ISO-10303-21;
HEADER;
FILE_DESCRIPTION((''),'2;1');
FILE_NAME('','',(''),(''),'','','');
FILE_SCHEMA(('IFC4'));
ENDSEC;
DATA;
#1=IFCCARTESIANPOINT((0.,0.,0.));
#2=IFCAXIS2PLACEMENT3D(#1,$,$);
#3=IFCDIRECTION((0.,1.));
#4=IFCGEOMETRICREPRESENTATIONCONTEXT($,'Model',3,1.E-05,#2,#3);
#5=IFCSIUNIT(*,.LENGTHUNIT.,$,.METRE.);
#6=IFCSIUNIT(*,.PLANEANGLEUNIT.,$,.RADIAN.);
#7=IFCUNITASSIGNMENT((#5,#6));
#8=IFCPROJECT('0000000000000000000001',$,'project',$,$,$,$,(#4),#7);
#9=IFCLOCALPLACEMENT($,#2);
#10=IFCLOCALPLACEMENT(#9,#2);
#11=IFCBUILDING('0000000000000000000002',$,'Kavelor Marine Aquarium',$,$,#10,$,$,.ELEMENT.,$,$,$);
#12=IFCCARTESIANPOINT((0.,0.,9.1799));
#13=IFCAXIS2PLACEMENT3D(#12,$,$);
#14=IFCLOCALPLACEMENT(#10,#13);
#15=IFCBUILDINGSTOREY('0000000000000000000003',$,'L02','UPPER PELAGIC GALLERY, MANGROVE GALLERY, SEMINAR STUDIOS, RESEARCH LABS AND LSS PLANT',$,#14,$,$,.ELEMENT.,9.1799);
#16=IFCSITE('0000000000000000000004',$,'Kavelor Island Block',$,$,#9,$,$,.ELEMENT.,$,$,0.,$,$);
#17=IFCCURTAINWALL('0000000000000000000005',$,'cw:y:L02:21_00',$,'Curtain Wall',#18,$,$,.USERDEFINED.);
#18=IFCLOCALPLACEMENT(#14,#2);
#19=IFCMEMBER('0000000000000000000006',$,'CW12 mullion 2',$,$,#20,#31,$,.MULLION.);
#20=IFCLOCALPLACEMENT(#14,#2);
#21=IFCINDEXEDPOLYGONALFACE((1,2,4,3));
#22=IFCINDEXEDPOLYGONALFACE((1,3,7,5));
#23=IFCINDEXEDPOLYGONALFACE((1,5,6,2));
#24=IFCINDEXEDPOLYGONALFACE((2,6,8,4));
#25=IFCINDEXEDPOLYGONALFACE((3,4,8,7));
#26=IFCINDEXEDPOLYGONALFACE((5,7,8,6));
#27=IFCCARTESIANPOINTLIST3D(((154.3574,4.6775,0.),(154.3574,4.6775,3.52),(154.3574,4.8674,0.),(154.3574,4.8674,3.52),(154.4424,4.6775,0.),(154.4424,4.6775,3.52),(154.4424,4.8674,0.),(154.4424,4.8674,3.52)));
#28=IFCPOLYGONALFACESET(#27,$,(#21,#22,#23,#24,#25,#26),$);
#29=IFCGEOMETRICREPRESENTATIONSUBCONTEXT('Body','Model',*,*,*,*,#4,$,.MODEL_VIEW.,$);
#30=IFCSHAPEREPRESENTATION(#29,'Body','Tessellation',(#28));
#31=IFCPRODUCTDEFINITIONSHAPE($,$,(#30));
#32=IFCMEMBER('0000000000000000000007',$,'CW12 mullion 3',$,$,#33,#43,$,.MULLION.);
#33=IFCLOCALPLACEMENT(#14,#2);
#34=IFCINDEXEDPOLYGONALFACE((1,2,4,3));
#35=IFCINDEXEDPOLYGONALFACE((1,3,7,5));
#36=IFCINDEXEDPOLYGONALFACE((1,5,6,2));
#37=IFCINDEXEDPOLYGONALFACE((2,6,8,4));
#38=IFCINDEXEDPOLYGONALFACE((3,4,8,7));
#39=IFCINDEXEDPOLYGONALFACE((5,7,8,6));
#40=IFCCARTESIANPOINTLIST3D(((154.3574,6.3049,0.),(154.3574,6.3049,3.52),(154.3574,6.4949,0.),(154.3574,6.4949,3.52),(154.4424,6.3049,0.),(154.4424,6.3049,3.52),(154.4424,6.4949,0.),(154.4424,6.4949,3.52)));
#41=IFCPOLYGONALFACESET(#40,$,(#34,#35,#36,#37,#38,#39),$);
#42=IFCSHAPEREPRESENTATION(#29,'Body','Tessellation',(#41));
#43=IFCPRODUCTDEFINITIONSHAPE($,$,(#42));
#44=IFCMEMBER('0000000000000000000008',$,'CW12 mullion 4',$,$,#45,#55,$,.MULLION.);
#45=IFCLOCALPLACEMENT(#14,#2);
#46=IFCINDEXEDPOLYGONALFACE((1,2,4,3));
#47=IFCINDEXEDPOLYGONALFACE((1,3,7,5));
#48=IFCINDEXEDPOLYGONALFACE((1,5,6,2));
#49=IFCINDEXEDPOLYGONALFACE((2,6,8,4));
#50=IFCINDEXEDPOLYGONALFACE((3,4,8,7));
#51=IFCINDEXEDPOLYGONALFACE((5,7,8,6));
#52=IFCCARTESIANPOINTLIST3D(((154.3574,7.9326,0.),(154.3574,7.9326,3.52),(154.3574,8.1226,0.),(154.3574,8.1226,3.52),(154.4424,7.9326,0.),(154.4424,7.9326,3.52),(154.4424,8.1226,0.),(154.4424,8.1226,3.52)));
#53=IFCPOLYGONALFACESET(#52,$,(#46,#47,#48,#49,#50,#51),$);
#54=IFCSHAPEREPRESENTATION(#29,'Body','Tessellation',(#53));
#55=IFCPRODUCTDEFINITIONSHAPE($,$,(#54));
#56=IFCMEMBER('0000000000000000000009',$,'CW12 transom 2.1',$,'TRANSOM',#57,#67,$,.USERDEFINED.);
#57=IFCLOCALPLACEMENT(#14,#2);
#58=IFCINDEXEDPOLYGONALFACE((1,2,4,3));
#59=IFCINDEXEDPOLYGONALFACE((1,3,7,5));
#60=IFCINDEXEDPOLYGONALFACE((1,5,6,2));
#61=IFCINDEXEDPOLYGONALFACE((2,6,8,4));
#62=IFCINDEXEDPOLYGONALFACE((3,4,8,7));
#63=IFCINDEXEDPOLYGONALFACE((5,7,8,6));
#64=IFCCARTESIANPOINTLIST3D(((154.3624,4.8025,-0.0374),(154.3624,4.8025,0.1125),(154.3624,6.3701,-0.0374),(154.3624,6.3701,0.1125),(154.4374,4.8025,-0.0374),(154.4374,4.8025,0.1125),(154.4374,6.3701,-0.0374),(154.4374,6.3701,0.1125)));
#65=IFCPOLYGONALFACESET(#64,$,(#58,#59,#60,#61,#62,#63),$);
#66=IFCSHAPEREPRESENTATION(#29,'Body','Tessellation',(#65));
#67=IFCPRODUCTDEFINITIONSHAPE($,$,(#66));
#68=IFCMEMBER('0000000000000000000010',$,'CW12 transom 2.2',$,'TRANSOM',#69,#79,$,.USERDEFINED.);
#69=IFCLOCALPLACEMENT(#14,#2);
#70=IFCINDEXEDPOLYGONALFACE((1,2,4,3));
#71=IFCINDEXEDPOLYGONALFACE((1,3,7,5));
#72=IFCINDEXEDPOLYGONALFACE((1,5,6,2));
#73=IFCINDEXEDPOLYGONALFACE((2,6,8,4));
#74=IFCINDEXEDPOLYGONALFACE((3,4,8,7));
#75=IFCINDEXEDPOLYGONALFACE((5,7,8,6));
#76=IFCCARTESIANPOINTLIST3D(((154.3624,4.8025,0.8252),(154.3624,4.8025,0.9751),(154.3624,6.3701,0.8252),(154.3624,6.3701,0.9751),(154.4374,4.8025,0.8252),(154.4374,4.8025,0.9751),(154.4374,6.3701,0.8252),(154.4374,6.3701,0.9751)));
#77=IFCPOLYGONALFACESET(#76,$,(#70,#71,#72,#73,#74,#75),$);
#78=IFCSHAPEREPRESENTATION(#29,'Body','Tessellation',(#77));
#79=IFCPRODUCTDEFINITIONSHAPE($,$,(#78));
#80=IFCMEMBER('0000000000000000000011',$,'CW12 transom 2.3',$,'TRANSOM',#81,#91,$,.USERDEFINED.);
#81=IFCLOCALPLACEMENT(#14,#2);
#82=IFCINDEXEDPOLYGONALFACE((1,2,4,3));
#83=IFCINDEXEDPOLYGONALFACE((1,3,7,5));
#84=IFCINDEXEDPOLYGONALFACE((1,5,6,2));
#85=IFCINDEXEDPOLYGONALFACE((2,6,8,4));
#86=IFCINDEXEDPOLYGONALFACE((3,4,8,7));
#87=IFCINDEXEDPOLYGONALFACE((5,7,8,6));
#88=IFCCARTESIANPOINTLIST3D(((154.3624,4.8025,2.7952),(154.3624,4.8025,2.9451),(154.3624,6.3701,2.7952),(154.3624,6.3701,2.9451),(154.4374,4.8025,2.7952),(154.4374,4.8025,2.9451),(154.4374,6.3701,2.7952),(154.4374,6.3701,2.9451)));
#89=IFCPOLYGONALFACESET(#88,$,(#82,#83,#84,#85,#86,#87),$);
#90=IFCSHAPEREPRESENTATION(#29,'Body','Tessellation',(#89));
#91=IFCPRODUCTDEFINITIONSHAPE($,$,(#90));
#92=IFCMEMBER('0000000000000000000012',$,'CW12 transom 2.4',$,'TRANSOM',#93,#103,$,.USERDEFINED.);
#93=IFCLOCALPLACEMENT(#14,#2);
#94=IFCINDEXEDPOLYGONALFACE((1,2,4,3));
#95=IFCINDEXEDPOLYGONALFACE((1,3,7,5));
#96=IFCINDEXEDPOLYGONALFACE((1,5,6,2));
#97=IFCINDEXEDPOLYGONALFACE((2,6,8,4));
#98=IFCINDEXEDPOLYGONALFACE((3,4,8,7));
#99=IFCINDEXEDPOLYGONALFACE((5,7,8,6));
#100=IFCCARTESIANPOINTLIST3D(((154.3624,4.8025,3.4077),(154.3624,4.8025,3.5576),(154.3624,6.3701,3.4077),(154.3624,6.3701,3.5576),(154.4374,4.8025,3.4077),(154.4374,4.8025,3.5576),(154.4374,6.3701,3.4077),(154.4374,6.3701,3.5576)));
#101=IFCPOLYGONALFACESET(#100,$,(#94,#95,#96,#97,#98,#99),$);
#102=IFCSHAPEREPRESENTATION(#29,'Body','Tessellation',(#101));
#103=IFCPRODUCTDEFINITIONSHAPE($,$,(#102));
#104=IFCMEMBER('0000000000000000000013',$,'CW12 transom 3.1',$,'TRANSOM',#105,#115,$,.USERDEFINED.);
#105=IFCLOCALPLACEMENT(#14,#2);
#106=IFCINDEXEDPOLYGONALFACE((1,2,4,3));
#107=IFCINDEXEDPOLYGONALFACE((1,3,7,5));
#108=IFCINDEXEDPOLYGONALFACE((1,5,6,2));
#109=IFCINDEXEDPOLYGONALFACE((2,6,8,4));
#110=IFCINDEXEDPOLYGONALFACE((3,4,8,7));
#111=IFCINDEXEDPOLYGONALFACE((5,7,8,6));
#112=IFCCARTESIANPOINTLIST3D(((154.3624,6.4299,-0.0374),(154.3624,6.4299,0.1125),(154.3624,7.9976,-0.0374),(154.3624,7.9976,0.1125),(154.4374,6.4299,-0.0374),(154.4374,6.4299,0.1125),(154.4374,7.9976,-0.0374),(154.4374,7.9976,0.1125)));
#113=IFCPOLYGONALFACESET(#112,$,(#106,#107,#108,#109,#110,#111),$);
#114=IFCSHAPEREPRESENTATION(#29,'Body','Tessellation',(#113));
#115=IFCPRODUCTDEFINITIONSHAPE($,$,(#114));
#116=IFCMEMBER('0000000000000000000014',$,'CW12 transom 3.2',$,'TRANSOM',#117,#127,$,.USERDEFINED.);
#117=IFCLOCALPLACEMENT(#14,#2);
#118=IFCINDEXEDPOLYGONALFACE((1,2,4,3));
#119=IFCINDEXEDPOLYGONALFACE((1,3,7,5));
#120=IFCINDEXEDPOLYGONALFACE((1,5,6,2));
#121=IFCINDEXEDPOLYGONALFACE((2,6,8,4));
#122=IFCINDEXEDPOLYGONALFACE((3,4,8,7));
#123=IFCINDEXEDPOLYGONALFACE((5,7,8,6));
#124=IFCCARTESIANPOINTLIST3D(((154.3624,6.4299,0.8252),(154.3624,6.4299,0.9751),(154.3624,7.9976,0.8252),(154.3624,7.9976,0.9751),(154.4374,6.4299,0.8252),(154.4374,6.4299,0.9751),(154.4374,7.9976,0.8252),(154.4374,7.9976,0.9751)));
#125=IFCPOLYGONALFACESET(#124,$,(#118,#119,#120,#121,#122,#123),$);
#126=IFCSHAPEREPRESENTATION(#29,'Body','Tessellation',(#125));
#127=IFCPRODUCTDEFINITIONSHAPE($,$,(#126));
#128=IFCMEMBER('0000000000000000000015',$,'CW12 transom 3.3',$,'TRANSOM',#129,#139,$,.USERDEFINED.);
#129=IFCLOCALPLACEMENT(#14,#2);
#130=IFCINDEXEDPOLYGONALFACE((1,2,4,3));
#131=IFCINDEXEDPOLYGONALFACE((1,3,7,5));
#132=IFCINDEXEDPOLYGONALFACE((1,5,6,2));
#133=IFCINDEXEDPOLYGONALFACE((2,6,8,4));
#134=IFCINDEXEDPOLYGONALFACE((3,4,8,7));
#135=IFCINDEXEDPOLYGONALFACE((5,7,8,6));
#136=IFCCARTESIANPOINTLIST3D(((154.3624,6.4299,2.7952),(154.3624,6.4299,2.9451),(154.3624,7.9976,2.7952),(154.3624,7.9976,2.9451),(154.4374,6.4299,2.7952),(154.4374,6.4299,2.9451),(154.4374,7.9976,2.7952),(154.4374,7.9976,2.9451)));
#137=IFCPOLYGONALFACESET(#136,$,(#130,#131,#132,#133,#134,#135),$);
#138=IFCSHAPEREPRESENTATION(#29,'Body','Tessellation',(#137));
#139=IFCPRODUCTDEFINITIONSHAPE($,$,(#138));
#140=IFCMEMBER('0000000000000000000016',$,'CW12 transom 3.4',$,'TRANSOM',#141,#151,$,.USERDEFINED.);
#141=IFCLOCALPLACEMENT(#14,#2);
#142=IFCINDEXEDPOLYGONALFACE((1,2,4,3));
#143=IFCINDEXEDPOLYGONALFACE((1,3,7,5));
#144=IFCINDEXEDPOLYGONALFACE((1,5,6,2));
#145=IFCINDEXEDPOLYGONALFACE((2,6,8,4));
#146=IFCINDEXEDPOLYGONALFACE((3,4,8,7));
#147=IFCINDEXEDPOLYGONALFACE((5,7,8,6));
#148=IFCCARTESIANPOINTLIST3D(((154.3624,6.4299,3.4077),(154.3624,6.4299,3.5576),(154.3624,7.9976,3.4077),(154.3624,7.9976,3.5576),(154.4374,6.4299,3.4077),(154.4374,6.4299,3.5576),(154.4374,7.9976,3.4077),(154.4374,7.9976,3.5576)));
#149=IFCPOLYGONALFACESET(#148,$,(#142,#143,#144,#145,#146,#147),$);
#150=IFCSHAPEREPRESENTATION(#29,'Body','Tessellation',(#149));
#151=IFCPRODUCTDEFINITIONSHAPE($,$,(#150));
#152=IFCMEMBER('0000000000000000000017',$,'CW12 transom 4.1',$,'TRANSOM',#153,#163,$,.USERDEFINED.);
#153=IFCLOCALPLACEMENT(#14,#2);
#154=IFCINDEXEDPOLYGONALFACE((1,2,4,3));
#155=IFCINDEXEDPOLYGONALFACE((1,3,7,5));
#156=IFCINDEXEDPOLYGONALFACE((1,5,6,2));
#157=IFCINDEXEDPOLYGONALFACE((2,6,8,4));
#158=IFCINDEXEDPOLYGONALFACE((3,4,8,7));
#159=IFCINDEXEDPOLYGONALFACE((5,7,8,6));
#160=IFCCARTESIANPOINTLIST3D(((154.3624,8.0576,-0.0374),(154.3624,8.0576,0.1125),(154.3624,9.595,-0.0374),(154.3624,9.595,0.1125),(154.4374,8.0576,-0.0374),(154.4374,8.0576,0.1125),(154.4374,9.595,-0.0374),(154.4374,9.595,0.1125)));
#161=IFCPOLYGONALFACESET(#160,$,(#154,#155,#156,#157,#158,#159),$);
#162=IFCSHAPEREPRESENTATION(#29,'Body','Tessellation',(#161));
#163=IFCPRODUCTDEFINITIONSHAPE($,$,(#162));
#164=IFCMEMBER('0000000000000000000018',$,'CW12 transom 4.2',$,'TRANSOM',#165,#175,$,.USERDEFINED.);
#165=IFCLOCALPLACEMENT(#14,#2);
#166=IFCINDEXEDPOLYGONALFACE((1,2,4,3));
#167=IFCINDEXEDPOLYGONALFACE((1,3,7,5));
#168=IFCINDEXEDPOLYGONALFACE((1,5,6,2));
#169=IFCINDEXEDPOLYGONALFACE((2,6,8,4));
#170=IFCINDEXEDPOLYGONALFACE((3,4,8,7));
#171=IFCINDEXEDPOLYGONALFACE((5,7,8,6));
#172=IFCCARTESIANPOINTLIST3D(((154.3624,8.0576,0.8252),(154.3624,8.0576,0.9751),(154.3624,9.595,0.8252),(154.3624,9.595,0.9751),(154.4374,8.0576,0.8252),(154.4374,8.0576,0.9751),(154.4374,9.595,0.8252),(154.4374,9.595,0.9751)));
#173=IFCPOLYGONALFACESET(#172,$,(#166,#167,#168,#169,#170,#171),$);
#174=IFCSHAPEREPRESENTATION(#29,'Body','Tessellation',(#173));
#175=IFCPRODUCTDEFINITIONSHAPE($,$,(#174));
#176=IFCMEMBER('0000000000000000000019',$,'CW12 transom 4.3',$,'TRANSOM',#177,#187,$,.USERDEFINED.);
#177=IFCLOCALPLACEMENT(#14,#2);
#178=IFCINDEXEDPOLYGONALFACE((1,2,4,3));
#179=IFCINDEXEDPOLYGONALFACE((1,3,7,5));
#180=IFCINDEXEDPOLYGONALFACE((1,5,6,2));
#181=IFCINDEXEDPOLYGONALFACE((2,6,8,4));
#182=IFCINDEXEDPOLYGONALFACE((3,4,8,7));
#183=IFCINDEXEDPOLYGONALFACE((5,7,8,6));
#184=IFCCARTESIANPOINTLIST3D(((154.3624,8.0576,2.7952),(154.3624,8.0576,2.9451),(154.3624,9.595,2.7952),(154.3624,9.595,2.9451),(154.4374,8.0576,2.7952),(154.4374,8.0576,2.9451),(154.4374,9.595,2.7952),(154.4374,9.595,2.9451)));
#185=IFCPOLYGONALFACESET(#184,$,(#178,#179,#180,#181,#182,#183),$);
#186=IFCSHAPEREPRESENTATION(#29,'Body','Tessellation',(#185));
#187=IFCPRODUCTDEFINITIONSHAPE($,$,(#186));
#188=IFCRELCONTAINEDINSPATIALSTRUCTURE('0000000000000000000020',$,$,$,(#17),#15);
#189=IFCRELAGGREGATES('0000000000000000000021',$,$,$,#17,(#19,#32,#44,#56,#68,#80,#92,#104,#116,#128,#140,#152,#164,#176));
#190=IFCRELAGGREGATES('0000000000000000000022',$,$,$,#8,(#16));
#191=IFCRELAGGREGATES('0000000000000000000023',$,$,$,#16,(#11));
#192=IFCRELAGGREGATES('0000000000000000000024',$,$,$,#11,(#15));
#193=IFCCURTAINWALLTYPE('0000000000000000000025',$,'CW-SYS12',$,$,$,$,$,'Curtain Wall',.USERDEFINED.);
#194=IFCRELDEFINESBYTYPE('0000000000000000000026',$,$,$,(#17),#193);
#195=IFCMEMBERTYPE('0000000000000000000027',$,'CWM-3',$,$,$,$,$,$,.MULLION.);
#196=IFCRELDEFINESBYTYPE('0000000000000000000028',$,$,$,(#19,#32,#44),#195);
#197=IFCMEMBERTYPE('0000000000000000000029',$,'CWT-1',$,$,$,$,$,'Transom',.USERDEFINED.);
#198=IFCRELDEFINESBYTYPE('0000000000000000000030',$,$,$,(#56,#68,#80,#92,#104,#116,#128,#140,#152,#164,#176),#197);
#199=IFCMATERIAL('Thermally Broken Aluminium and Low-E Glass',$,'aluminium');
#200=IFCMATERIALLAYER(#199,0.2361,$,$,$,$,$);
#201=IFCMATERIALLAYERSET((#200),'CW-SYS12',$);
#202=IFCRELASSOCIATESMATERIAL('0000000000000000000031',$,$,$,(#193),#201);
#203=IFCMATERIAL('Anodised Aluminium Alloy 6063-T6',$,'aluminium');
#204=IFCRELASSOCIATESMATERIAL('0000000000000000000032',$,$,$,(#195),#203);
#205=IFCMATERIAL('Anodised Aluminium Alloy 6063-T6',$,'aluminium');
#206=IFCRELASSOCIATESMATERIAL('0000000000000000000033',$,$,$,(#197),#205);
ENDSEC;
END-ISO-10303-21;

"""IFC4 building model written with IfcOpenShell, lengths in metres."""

from ifc_helpers import new_model, si_unit, direction, frame, origin, origin_2d, place, context, subcontext, project, spatial, rectangle, extrude, material, layer, layer_set, material_profile, profile_set, type_object, element, aggregate, save


model = new_model("IFC4")

# Units and contexts
model_context = context("Model", 3, precision=1e-05, world=origin(), true_north=direction((0.0, 1.0)))
body_context = subcontext(model_context, "Body", "Model", "MODEL_VIEW")
ifc_project = project(units=[si_unit("LENGTHUNIT", "METRE"), si_unit("PLANEANGLEUNIT", "RADIAN")], contexts=[model_context])

# Site, building, storey
site_placement = place(None, origin())
site = spatial("IfcSite", under=ifc_project, at=site_placement, Name="Kavelor Island Block", CompositionType="ELEMENT", RefElevation=0.0)
building_placement = place(site_placement, origin())
building = spatial("IfcBuilding", under=site, at=building_placement, Name="Kavelor Marine Aquarium", CompositionType="ELEMENT")
storey_placement = place(building_placement, frame((0.0, 0.0, 9.1799)))
storey = spatial("IfcBuildingStorey", under=building, at=storey_placement, Name="L02", Description="UPPER PELAGIC GALLERY, MANGROVE GALLERY, SEMINAR STUDIOS, RESEARCH LABS AND LSS PLANT", CompositionType="ELEMENT", Elevation=9.1799)

# Curtain wall, members
ifc_material_1 = material(Name="Thermally Broken Aluminium and Low-E Glass", Category="aluminium")
ifc_layer_1 = layer(ifc_material_1, 0.2361)
ifc_layer_set_1 = layer_set([ifc_layer_1], Name="CW-SYS12")
curtain_wall_type = type_object("IfcCurtainWallType", Name="CW-SYS12", ElementType="Curtain Wall", PredefinedType="USERDEFINED", material=ifc_layer_set_1)
curtain_wall_placement = place(storey_placement, origin())
curtain_wall = element("IfcCurtainWall", 1, at=curtain_wall_placement, inside=storey, type_object=curtain_wall_type, Name="cw:y:L02:21_00", ObjectType="Curtain Wall", PredefinedType="USERDEFINED")
ifc_material_2 = material(Name="Anodised Aluminium Alloy 6063-T6", Category="aluminium")
ifc_material_profile_1 = material_profile(ifc_material_2, rectangle(XDim=0.085, YDim=0.1899, at=origin_2d()), Name="CW-MUL 85x190")
ifc_profile_set_1 = profile_set([ifc_material_profile_1], Name="Anodised Aluminium Alloy 6063-T6")
member_type_1 = type_object("IfcMemberType", Name="CWM-3", PredefinedType="MULLION", material=ifc_profile_set_1)
member_1_placement = place(storey_placement, frame((154.3999, 4.7725, 0.0), z_axis=(0.0, 0.0, 1.0), x_axis=(-1.0, 0.0, 0.0)))
member_1 = element("IfcMember", 2, at=member_1_placement, type_object=member_type_1, Name="CW12 mullion 2", PredefinedType="MULLION", context=body_context, shape_type="SweptSolid", body=[
    extrude(rectangle(XDim=0.085, YDim=0.1899, at=origin_2d()), origin(), (0.0, 0.0, 1.0), 3.52),
])
member_2_placement = place(storey_placement, frame((154.3999, 6.3999, 0.0), z_axis=(0.0, 0.0, 1.0), x_axis=(-1.0, 0.0, 0.0)))
member_2 = element("IfcMember", 3, at=member_2_placement, type_object=member_type_1, Name="CW12 mullion 3", PredefinedType="MULLION", context=body_context, shape_type="SweptSolid", body=[
    extrude(rectangle(XDim=0.085, YDim=0.1899, at=origin_2d()), origin(), (0.0, 0.0, 1.0), 3.52),
])
member_3_placement = place(storey_placement, frame((154.3999, 8.0276, 0.0), z_axis=(0.0, 0.0, 1.0), x_axis=(-1.0, 0.0, 0.0)))
member_3 = element("IfcMember", 4, at=member_3_placement, type_object=member_type_1, Name="CW12 mullion 4", PredefinedType="MULLION", context=body_context, shape_type="SweptSolid", body=[
    extrude(rectangle(XDim=0.085, YDim=0.1899, at=origin_2d()), origin(), (0.0, 0.0, 1.0), 3.52),
])
ifc_material_3 = material(Name="Anodised Aluminium Alloy 6063-T6", Category="aluminium")
ifc_material_profile_2 = material_profile(ifc_material_3, rectangle(XDim=0.075, YDim=0.1499, at=origin_2d()), Name="CW-TRN 75x150")
ifc_profile_set_2 = profile_set([ifc_material_profile_2], Name="Anodised Aluminium Alloy 6063-T6")
member_type_2 = type_object("IfcMemberType", Name="CWT-1", ElementType="Transom", PredefinedType="USERDEFINED", material=ifc_profile_set_2)
member_4_placement = place(storey_placement, frame((154.3999, 4.8025, 0.0376), z_axis=(0.0, 1.0, 0.0), x_axis=(-1.0, 0.0, 0.0)))
member_4 = element("IfcMember", 5, at=member_4_placement, type_object=member_type_2, Name="CW12 transom 2.1", ObjectType="TRANSOM", PredefinedType="USERDEFINED", context=body_context, shape_type="SweptSolid", body=[
    extrude(rectangle(XDim=0.075, YDim=0.1499, at=origin_2d()), origin(), (0.0, 0.0, 1.0), 1.5676),
])
member_5_placement = place(storey_placement, frame((154.3999, 4.8025, 0.9001), z_axis=(0.0, 1.0, 0.0), x_axis=(-1.0, 0.0, 0.0)))
member_5 = element("IfcMember", 6, at=member_5_placement, type_object=member_type_2, Name="CW12 transom 2.2", ObjectType="TRANSOM", PredefinedType="USERDEFINED", context=body_context, shape_type="SweptSolid", body=[
    extrude(rectangle(XDim=0.075, YDim=0.1499, at=origin_2d()), origin(), (0.0, 0.0, 1.0), 1.5676),
])
member_6_placement = place(storey_placement, frame((154.3999, 4.8025, 2.8701), z_axis=(0.0, 1.0, 0.0), x_axis=(-1.0, 0.0, 0.0)))
member_6 = element("IfcMember", 7, at=member_6_placement, type_object=member_type_2, Name="CW12 transom 2.3", ObjectType="TRANSOM", PredefinedType="USERDEFINED", context=body_context, shape_type="SweptSolid", body=[
    extrude(rectangle(XDim=0.075, YDim=0.1499, at=origin_2d()), origin(), (0.0, 0.0, 1.0), 1.5676),
])
member_7_placement = place(storey_placement, frame((154.3999, 4.8025, 3.4827), z_axis=(0.0, 1.0, 0.0), x_axis=(-1.0, 0.0, 0.0)))
member_7 = element("IfcMember", 8, at=member_7_placement, type_object=member_type_2, Name="CW12 transom 2.4", ObjectType="TRANSOM", PredefinedType="USERDEFINED", context=body_context, shape_type="SweptSolid", body=[
    extrude(rectangle(XDim=0.075, YDim=0.1499, at=origin_2d()), origin(), (0.0, 0.0, 1.0), 1.5676),
])
member_8_placement = place(storey_placement, frame((154.3999, 6.4299, 0.0376), z_axis=(0.0, 1.0, 0.0), x_axis=(-1.0, 0.0, 0.0)))
member_8 = element("IfcMember", 9, at=member_8_placement, type_object=member_type_2, Name="CW12 transom 3.1", ObjectType="TRANSOM", PredefinedType="USERDEFINED", context=body_context, shape_type="SweptSolid", body=[
    extrude(rectangle(XDim=0.075, YDim=0.1499, at=origin_2d()), origin(), (0.0, 0.0, 1.0), 1.5676),
])
member_9_placement = place(storey_placement, frame((154.3999, 6.4299, 0.9001), z_axis=(0.0, 1.0, 0.0), x_axis=(-1.0, 0.0, 0.0)))
member_9 = element("IfcMember", 10, at=member_9_placement, type_object=member_type_2, Name="CW12 transom 3.2", ObjectType="TRANSOM", PredefinedType="USERDEFINED", context=body_context, shape_type="SweptSolid", body=[
    extrude(rectangle(XDim=0.075, YDim=0.1499, at=origin_2d()), origin(), (0.0, 0.0, 1.0), 1.5676),
])
member_10_placement = place(storey_placement, frame((154.3999, 6.4299, 2.8701), z_axis=(0.0, 1.0, 0.0), x_axis=(-1.0, 0.0, 0.0)))
member_10 = element("IfcMember", 11, at=member_10_placement, type_object=member_type_2, Name="CW12 transom 3.3", ObjectType="TRANSOM", PredefinedType="USERDEFINED", context=body_context, shape_type="SweptSolid", body=[
    extrude(rectangle(XDim=0.075, YDim=0.1499, at=origin_2d()), origin(), (0.0, 0.0, 1.0), 1.5676),
])
member_11_placement = place(storey_placement, frame((154.3999, 6.4299, 3.4827), z_axis=(0.0, 1.0, 0.0), x_axis=(-1.0, 0.0, 0.0)))
member_11 = element("IfcMember", 12, at=member_11_placement, type_object=member_type_2, Name="CW12 transom 3.4", ObjectType="TRANSOM", PredefinedType="USERDEFINED", context=body_context, shape_type="SweptSolid", body=[
    extrude(rectangle(XDim=0.075, YDim=0.1499, at=origin_2d()), origin(), (0.0, 0.0, 1.0), 1.5676),
])
member_12_placement = place(storey_placement, frame((154.3999, 8.0576, 0.0376), z_axis=(0.0, 1.0, 0.0), x_axis=(-1.0, 0.0, 0.0)))
member_12 = element("IfcMember", 13, at=member_12_placement, type_object=member_type_2, Name="CW12 transom 4.1", ObjectType="TRANSOM", PredefinedType="USERDEFINED", context=body_context, shape_type="SweptSolid", body=[
    extrude(rectangle(XDim=0.075, YDim=0.1499, at=origin_2d()), origin(), (0.0, 0.0, 1.0), 1.5374),
])
member_13_placement = place(storey_placement, frame((154.3999, 8.0576, 0.9001), z_axis=(0.0, 1.0, 0.0), x_axis=(-1.0, 0.0, 0.0)))
member_13 = element("IfcMember", 14, at=member_13_placement, type_object=member_type_2, Name="CW12 transom 4.2", ObjectType="TRANSOM", PredefinedType="USERDEFINED", context=body_context, shape_type="SweptSolid", body=[
    extrude(rectangle(XDim=0.075, YDim=0.1499, at=origin_2d()), origin(), (0.0, 0.0, 1.0), 1.5374),
])
member_14_placement = place(storey_placement, frame((154.3999, 8.0576, 2.8701), z_axis=(0.0, 1.0, 0.0), x_axis=(-1.0, 0.0, 0.0)))
member_14 = element("IfcMember", 15, at=member_14_placement, type_object=member_type_2, Name="CW12 transom 4.3", ObjectType="TRANSOM", PredefinedType="USERDEFINED", context=body_context, shape_type="SweptSolid", body=[
    extrude(rectangle(XDim=0.075, YDim=0.1499, at=origin_2d()), origin(), (0.0, 0.0, 1.0), 1.5374),
])
aggregate(curtain_wall, [member_1, member_2, member_3, member_4, member_5, member_6, member_7, member_8, member_9, member_10, member_11, member_12, member_13, member_14])

save(model, "model.ifc")
